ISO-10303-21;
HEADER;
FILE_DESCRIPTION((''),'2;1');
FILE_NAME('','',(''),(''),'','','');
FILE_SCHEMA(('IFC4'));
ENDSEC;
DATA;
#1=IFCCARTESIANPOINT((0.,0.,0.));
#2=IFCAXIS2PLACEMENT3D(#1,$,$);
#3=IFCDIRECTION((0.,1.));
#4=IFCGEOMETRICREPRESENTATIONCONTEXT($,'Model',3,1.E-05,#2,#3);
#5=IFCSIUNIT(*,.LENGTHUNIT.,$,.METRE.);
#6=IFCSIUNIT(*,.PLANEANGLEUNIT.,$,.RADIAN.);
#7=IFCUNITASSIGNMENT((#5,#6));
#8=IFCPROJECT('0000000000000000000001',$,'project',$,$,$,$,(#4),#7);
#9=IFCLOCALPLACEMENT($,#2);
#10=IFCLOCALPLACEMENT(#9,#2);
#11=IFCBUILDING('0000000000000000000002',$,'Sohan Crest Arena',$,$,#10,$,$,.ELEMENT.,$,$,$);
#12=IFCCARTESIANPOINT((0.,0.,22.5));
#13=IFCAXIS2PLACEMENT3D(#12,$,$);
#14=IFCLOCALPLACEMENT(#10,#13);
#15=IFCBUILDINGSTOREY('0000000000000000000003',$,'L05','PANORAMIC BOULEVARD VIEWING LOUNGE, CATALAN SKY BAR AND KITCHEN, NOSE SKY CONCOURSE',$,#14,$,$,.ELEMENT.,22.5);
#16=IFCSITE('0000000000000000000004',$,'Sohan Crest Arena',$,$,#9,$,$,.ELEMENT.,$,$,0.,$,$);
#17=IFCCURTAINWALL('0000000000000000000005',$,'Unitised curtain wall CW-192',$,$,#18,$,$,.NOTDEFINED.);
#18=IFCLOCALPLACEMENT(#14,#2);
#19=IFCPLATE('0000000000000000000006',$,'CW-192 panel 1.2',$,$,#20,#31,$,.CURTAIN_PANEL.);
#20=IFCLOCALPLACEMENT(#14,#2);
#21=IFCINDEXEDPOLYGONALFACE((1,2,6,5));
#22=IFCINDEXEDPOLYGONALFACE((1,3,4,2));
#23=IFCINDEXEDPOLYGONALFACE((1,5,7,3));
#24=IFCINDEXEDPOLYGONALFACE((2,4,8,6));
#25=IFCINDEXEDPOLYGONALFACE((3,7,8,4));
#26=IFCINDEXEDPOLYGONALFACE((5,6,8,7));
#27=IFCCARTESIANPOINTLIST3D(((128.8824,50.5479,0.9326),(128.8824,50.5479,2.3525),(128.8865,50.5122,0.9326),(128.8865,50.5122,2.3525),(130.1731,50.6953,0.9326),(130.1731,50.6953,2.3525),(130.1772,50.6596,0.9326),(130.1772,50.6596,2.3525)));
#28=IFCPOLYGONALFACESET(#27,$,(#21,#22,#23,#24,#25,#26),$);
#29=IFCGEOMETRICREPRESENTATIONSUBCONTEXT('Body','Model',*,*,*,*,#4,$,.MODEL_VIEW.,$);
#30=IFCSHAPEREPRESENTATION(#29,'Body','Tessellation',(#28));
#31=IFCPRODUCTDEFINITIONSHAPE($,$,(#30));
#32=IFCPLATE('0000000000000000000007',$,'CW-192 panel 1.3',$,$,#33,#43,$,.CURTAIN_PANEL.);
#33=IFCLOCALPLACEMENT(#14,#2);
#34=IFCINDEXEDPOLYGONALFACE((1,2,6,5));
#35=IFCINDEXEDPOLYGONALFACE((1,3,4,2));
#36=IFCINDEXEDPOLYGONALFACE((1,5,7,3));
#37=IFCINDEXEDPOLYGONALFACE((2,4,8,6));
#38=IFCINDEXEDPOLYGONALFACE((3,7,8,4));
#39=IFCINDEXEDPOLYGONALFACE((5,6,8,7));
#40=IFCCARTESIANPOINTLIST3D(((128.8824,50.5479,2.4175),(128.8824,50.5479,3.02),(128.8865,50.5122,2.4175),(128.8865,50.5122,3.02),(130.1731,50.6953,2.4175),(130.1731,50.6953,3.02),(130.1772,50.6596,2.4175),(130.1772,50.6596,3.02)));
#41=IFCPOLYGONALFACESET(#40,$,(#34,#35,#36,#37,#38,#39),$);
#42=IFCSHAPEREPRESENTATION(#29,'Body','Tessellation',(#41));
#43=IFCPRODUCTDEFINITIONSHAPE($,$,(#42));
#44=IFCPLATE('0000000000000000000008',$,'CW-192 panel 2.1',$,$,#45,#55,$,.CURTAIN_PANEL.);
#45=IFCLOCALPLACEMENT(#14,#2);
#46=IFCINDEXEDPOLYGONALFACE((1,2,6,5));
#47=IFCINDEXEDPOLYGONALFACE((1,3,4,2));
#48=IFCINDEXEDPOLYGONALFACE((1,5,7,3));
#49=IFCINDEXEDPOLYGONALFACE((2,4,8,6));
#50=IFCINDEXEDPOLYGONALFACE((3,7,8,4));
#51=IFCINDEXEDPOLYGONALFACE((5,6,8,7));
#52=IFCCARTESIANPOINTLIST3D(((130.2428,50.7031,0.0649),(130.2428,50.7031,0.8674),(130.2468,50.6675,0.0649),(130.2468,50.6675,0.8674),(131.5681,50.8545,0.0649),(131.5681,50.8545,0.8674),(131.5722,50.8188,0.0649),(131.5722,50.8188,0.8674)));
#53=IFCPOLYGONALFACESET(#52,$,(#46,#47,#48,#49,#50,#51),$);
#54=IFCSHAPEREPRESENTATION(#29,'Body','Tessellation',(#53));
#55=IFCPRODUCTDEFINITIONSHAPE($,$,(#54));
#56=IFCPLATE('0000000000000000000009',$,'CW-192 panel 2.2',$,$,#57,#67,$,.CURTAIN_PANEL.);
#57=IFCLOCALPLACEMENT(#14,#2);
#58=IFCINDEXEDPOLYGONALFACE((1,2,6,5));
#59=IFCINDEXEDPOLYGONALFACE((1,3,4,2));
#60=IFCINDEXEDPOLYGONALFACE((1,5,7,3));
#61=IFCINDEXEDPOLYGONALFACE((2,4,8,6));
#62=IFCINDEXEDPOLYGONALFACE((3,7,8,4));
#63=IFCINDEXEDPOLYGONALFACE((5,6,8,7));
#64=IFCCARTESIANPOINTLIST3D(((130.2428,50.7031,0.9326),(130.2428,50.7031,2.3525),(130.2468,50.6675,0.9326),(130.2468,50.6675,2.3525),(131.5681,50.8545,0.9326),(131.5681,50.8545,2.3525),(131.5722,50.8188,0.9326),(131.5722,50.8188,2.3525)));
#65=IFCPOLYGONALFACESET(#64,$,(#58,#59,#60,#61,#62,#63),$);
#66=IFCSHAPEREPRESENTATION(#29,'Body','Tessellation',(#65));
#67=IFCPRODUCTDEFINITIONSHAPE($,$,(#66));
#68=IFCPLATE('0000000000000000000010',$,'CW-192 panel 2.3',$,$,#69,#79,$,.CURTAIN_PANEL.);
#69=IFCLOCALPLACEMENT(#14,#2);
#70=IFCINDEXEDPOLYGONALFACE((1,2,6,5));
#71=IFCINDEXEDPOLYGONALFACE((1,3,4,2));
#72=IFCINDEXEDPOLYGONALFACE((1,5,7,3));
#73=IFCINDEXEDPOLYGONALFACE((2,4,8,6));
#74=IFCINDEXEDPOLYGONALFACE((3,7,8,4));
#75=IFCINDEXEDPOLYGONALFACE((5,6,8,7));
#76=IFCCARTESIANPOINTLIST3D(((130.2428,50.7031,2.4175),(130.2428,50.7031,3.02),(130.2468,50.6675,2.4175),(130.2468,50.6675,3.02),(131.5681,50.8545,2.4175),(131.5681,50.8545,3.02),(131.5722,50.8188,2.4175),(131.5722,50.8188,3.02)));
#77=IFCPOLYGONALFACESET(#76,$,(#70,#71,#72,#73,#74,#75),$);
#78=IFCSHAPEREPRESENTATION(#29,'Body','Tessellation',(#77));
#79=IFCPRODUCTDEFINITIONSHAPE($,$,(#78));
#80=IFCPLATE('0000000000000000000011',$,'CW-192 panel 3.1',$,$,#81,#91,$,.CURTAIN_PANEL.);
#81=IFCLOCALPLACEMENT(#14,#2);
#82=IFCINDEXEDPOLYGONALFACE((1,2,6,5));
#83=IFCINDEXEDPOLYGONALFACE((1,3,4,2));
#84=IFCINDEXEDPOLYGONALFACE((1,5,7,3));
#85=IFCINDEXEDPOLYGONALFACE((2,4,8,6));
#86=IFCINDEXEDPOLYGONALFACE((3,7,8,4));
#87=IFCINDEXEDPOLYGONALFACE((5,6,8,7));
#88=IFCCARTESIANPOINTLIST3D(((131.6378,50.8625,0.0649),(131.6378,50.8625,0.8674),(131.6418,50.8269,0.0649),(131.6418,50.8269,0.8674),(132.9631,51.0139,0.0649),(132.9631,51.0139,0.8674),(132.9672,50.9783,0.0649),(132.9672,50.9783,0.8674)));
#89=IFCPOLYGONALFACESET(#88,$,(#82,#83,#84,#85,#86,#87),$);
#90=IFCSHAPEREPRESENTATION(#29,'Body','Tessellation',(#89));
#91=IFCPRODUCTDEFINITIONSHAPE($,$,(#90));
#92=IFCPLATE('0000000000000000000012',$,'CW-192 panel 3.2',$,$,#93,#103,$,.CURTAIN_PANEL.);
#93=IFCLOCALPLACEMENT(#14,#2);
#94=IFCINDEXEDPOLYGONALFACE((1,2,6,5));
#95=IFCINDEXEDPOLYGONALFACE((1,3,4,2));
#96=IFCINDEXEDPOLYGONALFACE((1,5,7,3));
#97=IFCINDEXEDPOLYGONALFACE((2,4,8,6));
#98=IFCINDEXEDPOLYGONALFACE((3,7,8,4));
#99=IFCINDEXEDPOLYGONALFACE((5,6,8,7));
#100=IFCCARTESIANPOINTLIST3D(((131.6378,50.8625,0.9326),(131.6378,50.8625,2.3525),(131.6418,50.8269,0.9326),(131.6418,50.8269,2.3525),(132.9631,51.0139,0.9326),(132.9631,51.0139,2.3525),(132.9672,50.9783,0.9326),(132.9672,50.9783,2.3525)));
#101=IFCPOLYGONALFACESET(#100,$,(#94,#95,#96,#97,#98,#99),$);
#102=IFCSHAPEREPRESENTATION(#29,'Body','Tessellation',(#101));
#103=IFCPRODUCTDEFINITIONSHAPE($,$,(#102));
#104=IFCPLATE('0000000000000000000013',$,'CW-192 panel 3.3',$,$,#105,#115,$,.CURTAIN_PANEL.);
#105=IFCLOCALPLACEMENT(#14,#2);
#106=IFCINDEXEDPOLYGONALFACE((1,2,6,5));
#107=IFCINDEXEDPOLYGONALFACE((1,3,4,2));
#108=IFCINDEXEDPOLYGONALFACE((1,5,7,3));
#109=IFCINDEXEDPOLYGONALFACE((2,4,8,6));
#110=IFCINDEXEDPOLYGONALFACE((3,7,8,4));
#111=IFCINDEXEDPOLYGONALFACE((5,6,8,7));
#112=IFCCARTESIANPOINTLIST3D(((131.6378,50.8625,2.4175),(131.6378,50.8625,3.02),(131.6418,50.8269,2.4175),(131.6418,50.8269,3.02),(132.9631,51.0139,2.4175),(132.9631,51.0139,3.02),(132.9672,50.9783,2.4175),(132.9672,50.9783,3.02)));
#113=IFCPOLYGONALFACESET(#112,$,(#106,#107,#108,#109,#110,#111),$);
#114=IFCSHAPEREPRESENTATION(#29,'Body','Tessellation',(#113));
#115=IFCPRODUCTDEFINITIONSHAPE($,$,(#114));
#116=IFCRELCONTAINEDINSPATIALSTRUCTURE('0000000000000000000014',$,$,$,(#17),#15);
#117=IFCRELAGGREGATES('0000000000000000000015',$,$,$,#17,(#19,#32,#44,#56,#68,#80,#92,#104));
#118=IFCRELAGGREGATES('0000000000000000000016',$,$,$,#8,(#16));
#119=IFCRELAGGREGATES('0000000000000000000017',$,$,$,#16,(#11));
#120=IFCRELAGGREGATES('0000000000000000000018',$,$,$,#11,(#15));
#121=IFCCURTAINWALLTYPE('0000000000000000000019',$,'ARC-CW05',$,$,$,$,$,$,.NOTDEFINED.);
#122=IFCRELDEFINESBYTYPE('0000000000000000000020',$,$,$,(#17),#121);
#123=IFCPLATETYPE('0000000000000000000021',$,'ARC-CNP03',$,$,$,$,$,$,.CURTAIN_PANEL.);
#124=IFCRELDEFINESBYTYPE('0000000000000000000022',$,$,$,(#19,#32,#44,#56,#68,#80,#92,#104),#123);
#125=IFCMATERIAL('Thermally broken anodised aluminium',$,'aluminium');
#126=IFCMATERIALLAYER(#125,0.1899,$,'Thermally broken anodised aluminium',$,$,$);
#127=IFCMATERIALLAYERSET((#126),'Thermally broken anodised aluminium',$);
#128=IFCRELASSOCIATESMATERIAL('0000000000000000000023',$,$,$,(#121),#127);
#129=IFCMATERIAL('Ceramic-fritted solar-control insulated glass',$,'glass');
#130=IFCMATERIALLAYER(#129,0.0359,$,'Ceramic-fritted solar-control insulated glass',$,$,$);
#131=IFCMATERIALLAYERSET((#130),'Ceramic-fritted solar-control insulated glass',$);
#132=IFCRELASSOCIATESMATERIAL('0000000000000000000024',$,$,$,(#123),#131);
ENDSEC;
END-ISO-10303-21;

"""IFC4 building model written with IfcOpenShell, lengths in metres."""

from ifc_helpers import new_model, si_unit, direction, frame, origin, origin_2d, place, context, subcontext, project, spatial, rectangle, extrude, material, layer, layer_set, type_object, element, aggregate, save


model = new_model("IFC4")

# Units and contexts
model_context = context("Model", 3, precision=1e-05, world=origin(), true_north=direction((0.0, 1.0)))
body_context = subcontext(model_context, "Body", "Model", "MODEL_VIEW")
ifc_project = project(units=[si_unit("LENGTHUNIT", "METRE"), si_unit("PLANEANGLEUNIT", "RADIAN")], contexts=[model_context])

# Site, building, storey
site_placement = place(None, origin())
site = spatial("IfcSite", under=ifc_project, at=site_placement, Name="Sohan Crest Arena", CompositionType="ELEMENT", RefElevation=0.0)
building_placement = place(site_placement, origin())
building = spatial("IfcBuilding", under=site, at=building_placement, Name="Sohan Crest Arena", CompositionType="ELEMENT")
storey_placement = place(building_placement, frame((0.0, 0.0, 22.5)))
storey = spatial("IfcBuildingStorey", under=building, at=storey_placement, Name="L05", Description="PANORAMIC BOULEVARD VIEWING LOUNGE, CATALAN SKY BAR AND KITCHEN, NOSE SKY CONCOURSE", CompositionType="ELEMENT", Elevation=22.5)

# Curtain wall, plates
ifc_material_1 = material(Name="Thermally broken anodised aluminium", Category="aluminium")
ifc_layer_1 = layer(ifc_material_1, 0.1899, Name="Thermally broken anodised aluminium")
ifc_layer_set_1 = layer_set([ifc_layer_1], Name="Thermally broken anodised aluminium")
curtain_wall_type = type_object("IfcCurtainWallType", Name="ARC-CW05", PredefinedType="NOTDEFINED", material=ifc_layer_set_1)
curtain_wall_placement = place(storey_placement, origin())
curtain_wall = element("IfcCurtainWall", 1, at=curtain_wall_placement, inside=storey, type_object=curtain_wall_type, Name="Unitised curtain wall CW-192", PredefinedType="NOTDEFINED")
ifc_material_2 = material(Name="Ceramic-fritted solar-control insulated glass", Category="glass")
ifc_layer_2 = layer(ifc_material_2, 0.0359, Name="Ceramic-fritted solar-control insulated glass")
ifc_layer_set_2 = layer_set([ifc_layer_2], Name="Ceramic-fritted solar-control insulated glass")
plate_type = type_object("IfcPlateType", Name="ARC-CNP03", PredefinedType="CURTAIN_PANEL", material=ifc_layer_set_2)
plate_1_placement = place(storey_placement, frame((129.5298, 50.6038, 0.9326), z_axis=(0.0, 0.0, 1.0), x_axis=(0.99354, 0.11348, 0.0)))
plate_1 = element("IfcPlate", 2, at=plate_1_placement, type_object=plate_type, Name="CW-192 panel 1.2", PredefinedType="CURTAIN_PANEL", context=body_context, shape_type="SweptSolid", body=[
    extrude(rectangle(XDim=1.2991, YDim=0.0359, at=origin_2d()), origin(), (0.0, 0.0, 1.0), 1.4199),
])
plate_2_placement = place(storey_placement, frame((129.5298, 50.6038, 2.4175), z_axis=(0.0, 0.0, 1.0), x_axis=(0.99354, 0.11348, 0.0)))
plate_2 = element("IfcPlate", 3, at=plate_2_placement, type_object=plate_type, Name="CW-192 panel 1.3", PredefinedType="CURTAIN_PANEL", context=body_context, shape_type="SweptSolid", body=[
    extrude(rectangle(XDim=1.2991, YDim=0.0359, at=origin_2d()), origin(), (0.0, 0.0, 1.0), 0.6025),
])
plate_3_placement = place(storey_placement, frame((130.9075, 50.761, 0.0649), z_axis=(0.0, 0.0, 1.0), x_axis=(0.99354, 0.11348, 0.0)))
plate_3 = element("IfcPlate", 4, at=plate_3_placement, type_object=plate_type, Name="CW-192 panel 2.1", PredefinedType="CURTAIN_PANEL", context=body_context, shape_type="SweptSolid", body=[
    extrude(rectangle(XDim=1.334, YDim=0.0359, at=origin_2d()), origin(), (0.0, 0.0, 1.0), 0.8025),
])
plate_4_placement = place(storey_placement, frame((130.9075, 50.761, 0.9326), z_axis=(0.0, 0.0, 1.0), x_axis=(0.99354, 0.11348, 0.0)))
plate_4 = element("IfcPlate", 5, at=plate_4_placement, type_object=plate_type, Name="CW-192 panel 2.2", PredefinedType="CURTAIN_PANEL", context=body_context, shape_type="SweptSolid", body=[
    extrude(rectangle(XDim=1.334, YDim=0.0359, at=origin_2d()), origin(), (0.0, 0.0, 1.0), 1.4199),
])
plate_5_placement = place(storey_placement, frame((130.9075, 50.761, 2.4175), z_axis=(0.0, 0.0, 1.0), x_axis=(0.99354, 0.11348, 0.0)))
plate_5 = element("IfcPlate", 6, at=plate_5_placement, type_object=plate_type, Name="CW-192 panel 2.3", PredefinedType="CURTAIN_PANEL", context=body_context, shape_type="SweptSolid", body=[
    extrude(rectangle(XDim=1.334, YDim=0.0359, at=origin_2d()), origin(), (0.0, 0.0, 1.0), 0.6025),
])
plate_6_placement = place(storey_placement, frame((132.3025, 50.9204, 0.0649), z_axis=(0.0, 0.0, 1.0), x_axis=(0.99354, 0.11348, 0.0)))
plate_6 = element("IfcPlate", 7, at=plate_6_placement, type_object=plate_type, Name="CW-192 panel 3.1", PredefinedType="CURTAIN_PANEL", context=body_context, shape_type="SweptSolid", body=[
    extrude(rectangle(XDim=1.334, YDim=0.0359, at=origin_2d()), origin(), (0.0, 0.0, 1.0), 0.8025),
])
plate_7_placement = place(storey_placement, frame((132.3025, 50.9204, 0.9326), z_axis=(0.0, 0.0, 1.0), x_axis=(0.99354, 0.11348, 0.0)))
plate_7 = element("IfcPlate", 8, at=plate_7_placement, type_object=plate_type, Name="CW-192 panel 3.2", PredefinedType="CURTAIN_PANEL", context=body_context, shape_type="SweptSolid", body=[
    extrude(rectangle(XDim=1.334, YDim=0.0359, at=origin_2d()), origin(), (0.0, 0.0, 1.0), 1.4199),
])
plate_8_placement = place(storey_placement, frame((132.3025, 50.9204, 2.4175), z_axis=(0.0, 0.0, 1.0), x_axis=(0.99354, 0.11348, 0.0)))
plate_8 = element("IfcPlate", 9, at=plate_8_placement, type_object=plate_type, Name="CW-192 panel 3.3", PredefinedType="CURTAIN_PANEL", context=body_context, shape_type="SweptSolid", body=[
    extrude(rectangle(XDim=1.334, YDim=0.0359, at=origin_2d()), origin(), (0.0, 0.0, 1.0), 0.6025),
])
aggregate(curtain_wall, [plate_1, plate_2, plate_3, plate_4, plate_5, plate_6, plate_7, plate_8])

save(model, "model.ifc")
